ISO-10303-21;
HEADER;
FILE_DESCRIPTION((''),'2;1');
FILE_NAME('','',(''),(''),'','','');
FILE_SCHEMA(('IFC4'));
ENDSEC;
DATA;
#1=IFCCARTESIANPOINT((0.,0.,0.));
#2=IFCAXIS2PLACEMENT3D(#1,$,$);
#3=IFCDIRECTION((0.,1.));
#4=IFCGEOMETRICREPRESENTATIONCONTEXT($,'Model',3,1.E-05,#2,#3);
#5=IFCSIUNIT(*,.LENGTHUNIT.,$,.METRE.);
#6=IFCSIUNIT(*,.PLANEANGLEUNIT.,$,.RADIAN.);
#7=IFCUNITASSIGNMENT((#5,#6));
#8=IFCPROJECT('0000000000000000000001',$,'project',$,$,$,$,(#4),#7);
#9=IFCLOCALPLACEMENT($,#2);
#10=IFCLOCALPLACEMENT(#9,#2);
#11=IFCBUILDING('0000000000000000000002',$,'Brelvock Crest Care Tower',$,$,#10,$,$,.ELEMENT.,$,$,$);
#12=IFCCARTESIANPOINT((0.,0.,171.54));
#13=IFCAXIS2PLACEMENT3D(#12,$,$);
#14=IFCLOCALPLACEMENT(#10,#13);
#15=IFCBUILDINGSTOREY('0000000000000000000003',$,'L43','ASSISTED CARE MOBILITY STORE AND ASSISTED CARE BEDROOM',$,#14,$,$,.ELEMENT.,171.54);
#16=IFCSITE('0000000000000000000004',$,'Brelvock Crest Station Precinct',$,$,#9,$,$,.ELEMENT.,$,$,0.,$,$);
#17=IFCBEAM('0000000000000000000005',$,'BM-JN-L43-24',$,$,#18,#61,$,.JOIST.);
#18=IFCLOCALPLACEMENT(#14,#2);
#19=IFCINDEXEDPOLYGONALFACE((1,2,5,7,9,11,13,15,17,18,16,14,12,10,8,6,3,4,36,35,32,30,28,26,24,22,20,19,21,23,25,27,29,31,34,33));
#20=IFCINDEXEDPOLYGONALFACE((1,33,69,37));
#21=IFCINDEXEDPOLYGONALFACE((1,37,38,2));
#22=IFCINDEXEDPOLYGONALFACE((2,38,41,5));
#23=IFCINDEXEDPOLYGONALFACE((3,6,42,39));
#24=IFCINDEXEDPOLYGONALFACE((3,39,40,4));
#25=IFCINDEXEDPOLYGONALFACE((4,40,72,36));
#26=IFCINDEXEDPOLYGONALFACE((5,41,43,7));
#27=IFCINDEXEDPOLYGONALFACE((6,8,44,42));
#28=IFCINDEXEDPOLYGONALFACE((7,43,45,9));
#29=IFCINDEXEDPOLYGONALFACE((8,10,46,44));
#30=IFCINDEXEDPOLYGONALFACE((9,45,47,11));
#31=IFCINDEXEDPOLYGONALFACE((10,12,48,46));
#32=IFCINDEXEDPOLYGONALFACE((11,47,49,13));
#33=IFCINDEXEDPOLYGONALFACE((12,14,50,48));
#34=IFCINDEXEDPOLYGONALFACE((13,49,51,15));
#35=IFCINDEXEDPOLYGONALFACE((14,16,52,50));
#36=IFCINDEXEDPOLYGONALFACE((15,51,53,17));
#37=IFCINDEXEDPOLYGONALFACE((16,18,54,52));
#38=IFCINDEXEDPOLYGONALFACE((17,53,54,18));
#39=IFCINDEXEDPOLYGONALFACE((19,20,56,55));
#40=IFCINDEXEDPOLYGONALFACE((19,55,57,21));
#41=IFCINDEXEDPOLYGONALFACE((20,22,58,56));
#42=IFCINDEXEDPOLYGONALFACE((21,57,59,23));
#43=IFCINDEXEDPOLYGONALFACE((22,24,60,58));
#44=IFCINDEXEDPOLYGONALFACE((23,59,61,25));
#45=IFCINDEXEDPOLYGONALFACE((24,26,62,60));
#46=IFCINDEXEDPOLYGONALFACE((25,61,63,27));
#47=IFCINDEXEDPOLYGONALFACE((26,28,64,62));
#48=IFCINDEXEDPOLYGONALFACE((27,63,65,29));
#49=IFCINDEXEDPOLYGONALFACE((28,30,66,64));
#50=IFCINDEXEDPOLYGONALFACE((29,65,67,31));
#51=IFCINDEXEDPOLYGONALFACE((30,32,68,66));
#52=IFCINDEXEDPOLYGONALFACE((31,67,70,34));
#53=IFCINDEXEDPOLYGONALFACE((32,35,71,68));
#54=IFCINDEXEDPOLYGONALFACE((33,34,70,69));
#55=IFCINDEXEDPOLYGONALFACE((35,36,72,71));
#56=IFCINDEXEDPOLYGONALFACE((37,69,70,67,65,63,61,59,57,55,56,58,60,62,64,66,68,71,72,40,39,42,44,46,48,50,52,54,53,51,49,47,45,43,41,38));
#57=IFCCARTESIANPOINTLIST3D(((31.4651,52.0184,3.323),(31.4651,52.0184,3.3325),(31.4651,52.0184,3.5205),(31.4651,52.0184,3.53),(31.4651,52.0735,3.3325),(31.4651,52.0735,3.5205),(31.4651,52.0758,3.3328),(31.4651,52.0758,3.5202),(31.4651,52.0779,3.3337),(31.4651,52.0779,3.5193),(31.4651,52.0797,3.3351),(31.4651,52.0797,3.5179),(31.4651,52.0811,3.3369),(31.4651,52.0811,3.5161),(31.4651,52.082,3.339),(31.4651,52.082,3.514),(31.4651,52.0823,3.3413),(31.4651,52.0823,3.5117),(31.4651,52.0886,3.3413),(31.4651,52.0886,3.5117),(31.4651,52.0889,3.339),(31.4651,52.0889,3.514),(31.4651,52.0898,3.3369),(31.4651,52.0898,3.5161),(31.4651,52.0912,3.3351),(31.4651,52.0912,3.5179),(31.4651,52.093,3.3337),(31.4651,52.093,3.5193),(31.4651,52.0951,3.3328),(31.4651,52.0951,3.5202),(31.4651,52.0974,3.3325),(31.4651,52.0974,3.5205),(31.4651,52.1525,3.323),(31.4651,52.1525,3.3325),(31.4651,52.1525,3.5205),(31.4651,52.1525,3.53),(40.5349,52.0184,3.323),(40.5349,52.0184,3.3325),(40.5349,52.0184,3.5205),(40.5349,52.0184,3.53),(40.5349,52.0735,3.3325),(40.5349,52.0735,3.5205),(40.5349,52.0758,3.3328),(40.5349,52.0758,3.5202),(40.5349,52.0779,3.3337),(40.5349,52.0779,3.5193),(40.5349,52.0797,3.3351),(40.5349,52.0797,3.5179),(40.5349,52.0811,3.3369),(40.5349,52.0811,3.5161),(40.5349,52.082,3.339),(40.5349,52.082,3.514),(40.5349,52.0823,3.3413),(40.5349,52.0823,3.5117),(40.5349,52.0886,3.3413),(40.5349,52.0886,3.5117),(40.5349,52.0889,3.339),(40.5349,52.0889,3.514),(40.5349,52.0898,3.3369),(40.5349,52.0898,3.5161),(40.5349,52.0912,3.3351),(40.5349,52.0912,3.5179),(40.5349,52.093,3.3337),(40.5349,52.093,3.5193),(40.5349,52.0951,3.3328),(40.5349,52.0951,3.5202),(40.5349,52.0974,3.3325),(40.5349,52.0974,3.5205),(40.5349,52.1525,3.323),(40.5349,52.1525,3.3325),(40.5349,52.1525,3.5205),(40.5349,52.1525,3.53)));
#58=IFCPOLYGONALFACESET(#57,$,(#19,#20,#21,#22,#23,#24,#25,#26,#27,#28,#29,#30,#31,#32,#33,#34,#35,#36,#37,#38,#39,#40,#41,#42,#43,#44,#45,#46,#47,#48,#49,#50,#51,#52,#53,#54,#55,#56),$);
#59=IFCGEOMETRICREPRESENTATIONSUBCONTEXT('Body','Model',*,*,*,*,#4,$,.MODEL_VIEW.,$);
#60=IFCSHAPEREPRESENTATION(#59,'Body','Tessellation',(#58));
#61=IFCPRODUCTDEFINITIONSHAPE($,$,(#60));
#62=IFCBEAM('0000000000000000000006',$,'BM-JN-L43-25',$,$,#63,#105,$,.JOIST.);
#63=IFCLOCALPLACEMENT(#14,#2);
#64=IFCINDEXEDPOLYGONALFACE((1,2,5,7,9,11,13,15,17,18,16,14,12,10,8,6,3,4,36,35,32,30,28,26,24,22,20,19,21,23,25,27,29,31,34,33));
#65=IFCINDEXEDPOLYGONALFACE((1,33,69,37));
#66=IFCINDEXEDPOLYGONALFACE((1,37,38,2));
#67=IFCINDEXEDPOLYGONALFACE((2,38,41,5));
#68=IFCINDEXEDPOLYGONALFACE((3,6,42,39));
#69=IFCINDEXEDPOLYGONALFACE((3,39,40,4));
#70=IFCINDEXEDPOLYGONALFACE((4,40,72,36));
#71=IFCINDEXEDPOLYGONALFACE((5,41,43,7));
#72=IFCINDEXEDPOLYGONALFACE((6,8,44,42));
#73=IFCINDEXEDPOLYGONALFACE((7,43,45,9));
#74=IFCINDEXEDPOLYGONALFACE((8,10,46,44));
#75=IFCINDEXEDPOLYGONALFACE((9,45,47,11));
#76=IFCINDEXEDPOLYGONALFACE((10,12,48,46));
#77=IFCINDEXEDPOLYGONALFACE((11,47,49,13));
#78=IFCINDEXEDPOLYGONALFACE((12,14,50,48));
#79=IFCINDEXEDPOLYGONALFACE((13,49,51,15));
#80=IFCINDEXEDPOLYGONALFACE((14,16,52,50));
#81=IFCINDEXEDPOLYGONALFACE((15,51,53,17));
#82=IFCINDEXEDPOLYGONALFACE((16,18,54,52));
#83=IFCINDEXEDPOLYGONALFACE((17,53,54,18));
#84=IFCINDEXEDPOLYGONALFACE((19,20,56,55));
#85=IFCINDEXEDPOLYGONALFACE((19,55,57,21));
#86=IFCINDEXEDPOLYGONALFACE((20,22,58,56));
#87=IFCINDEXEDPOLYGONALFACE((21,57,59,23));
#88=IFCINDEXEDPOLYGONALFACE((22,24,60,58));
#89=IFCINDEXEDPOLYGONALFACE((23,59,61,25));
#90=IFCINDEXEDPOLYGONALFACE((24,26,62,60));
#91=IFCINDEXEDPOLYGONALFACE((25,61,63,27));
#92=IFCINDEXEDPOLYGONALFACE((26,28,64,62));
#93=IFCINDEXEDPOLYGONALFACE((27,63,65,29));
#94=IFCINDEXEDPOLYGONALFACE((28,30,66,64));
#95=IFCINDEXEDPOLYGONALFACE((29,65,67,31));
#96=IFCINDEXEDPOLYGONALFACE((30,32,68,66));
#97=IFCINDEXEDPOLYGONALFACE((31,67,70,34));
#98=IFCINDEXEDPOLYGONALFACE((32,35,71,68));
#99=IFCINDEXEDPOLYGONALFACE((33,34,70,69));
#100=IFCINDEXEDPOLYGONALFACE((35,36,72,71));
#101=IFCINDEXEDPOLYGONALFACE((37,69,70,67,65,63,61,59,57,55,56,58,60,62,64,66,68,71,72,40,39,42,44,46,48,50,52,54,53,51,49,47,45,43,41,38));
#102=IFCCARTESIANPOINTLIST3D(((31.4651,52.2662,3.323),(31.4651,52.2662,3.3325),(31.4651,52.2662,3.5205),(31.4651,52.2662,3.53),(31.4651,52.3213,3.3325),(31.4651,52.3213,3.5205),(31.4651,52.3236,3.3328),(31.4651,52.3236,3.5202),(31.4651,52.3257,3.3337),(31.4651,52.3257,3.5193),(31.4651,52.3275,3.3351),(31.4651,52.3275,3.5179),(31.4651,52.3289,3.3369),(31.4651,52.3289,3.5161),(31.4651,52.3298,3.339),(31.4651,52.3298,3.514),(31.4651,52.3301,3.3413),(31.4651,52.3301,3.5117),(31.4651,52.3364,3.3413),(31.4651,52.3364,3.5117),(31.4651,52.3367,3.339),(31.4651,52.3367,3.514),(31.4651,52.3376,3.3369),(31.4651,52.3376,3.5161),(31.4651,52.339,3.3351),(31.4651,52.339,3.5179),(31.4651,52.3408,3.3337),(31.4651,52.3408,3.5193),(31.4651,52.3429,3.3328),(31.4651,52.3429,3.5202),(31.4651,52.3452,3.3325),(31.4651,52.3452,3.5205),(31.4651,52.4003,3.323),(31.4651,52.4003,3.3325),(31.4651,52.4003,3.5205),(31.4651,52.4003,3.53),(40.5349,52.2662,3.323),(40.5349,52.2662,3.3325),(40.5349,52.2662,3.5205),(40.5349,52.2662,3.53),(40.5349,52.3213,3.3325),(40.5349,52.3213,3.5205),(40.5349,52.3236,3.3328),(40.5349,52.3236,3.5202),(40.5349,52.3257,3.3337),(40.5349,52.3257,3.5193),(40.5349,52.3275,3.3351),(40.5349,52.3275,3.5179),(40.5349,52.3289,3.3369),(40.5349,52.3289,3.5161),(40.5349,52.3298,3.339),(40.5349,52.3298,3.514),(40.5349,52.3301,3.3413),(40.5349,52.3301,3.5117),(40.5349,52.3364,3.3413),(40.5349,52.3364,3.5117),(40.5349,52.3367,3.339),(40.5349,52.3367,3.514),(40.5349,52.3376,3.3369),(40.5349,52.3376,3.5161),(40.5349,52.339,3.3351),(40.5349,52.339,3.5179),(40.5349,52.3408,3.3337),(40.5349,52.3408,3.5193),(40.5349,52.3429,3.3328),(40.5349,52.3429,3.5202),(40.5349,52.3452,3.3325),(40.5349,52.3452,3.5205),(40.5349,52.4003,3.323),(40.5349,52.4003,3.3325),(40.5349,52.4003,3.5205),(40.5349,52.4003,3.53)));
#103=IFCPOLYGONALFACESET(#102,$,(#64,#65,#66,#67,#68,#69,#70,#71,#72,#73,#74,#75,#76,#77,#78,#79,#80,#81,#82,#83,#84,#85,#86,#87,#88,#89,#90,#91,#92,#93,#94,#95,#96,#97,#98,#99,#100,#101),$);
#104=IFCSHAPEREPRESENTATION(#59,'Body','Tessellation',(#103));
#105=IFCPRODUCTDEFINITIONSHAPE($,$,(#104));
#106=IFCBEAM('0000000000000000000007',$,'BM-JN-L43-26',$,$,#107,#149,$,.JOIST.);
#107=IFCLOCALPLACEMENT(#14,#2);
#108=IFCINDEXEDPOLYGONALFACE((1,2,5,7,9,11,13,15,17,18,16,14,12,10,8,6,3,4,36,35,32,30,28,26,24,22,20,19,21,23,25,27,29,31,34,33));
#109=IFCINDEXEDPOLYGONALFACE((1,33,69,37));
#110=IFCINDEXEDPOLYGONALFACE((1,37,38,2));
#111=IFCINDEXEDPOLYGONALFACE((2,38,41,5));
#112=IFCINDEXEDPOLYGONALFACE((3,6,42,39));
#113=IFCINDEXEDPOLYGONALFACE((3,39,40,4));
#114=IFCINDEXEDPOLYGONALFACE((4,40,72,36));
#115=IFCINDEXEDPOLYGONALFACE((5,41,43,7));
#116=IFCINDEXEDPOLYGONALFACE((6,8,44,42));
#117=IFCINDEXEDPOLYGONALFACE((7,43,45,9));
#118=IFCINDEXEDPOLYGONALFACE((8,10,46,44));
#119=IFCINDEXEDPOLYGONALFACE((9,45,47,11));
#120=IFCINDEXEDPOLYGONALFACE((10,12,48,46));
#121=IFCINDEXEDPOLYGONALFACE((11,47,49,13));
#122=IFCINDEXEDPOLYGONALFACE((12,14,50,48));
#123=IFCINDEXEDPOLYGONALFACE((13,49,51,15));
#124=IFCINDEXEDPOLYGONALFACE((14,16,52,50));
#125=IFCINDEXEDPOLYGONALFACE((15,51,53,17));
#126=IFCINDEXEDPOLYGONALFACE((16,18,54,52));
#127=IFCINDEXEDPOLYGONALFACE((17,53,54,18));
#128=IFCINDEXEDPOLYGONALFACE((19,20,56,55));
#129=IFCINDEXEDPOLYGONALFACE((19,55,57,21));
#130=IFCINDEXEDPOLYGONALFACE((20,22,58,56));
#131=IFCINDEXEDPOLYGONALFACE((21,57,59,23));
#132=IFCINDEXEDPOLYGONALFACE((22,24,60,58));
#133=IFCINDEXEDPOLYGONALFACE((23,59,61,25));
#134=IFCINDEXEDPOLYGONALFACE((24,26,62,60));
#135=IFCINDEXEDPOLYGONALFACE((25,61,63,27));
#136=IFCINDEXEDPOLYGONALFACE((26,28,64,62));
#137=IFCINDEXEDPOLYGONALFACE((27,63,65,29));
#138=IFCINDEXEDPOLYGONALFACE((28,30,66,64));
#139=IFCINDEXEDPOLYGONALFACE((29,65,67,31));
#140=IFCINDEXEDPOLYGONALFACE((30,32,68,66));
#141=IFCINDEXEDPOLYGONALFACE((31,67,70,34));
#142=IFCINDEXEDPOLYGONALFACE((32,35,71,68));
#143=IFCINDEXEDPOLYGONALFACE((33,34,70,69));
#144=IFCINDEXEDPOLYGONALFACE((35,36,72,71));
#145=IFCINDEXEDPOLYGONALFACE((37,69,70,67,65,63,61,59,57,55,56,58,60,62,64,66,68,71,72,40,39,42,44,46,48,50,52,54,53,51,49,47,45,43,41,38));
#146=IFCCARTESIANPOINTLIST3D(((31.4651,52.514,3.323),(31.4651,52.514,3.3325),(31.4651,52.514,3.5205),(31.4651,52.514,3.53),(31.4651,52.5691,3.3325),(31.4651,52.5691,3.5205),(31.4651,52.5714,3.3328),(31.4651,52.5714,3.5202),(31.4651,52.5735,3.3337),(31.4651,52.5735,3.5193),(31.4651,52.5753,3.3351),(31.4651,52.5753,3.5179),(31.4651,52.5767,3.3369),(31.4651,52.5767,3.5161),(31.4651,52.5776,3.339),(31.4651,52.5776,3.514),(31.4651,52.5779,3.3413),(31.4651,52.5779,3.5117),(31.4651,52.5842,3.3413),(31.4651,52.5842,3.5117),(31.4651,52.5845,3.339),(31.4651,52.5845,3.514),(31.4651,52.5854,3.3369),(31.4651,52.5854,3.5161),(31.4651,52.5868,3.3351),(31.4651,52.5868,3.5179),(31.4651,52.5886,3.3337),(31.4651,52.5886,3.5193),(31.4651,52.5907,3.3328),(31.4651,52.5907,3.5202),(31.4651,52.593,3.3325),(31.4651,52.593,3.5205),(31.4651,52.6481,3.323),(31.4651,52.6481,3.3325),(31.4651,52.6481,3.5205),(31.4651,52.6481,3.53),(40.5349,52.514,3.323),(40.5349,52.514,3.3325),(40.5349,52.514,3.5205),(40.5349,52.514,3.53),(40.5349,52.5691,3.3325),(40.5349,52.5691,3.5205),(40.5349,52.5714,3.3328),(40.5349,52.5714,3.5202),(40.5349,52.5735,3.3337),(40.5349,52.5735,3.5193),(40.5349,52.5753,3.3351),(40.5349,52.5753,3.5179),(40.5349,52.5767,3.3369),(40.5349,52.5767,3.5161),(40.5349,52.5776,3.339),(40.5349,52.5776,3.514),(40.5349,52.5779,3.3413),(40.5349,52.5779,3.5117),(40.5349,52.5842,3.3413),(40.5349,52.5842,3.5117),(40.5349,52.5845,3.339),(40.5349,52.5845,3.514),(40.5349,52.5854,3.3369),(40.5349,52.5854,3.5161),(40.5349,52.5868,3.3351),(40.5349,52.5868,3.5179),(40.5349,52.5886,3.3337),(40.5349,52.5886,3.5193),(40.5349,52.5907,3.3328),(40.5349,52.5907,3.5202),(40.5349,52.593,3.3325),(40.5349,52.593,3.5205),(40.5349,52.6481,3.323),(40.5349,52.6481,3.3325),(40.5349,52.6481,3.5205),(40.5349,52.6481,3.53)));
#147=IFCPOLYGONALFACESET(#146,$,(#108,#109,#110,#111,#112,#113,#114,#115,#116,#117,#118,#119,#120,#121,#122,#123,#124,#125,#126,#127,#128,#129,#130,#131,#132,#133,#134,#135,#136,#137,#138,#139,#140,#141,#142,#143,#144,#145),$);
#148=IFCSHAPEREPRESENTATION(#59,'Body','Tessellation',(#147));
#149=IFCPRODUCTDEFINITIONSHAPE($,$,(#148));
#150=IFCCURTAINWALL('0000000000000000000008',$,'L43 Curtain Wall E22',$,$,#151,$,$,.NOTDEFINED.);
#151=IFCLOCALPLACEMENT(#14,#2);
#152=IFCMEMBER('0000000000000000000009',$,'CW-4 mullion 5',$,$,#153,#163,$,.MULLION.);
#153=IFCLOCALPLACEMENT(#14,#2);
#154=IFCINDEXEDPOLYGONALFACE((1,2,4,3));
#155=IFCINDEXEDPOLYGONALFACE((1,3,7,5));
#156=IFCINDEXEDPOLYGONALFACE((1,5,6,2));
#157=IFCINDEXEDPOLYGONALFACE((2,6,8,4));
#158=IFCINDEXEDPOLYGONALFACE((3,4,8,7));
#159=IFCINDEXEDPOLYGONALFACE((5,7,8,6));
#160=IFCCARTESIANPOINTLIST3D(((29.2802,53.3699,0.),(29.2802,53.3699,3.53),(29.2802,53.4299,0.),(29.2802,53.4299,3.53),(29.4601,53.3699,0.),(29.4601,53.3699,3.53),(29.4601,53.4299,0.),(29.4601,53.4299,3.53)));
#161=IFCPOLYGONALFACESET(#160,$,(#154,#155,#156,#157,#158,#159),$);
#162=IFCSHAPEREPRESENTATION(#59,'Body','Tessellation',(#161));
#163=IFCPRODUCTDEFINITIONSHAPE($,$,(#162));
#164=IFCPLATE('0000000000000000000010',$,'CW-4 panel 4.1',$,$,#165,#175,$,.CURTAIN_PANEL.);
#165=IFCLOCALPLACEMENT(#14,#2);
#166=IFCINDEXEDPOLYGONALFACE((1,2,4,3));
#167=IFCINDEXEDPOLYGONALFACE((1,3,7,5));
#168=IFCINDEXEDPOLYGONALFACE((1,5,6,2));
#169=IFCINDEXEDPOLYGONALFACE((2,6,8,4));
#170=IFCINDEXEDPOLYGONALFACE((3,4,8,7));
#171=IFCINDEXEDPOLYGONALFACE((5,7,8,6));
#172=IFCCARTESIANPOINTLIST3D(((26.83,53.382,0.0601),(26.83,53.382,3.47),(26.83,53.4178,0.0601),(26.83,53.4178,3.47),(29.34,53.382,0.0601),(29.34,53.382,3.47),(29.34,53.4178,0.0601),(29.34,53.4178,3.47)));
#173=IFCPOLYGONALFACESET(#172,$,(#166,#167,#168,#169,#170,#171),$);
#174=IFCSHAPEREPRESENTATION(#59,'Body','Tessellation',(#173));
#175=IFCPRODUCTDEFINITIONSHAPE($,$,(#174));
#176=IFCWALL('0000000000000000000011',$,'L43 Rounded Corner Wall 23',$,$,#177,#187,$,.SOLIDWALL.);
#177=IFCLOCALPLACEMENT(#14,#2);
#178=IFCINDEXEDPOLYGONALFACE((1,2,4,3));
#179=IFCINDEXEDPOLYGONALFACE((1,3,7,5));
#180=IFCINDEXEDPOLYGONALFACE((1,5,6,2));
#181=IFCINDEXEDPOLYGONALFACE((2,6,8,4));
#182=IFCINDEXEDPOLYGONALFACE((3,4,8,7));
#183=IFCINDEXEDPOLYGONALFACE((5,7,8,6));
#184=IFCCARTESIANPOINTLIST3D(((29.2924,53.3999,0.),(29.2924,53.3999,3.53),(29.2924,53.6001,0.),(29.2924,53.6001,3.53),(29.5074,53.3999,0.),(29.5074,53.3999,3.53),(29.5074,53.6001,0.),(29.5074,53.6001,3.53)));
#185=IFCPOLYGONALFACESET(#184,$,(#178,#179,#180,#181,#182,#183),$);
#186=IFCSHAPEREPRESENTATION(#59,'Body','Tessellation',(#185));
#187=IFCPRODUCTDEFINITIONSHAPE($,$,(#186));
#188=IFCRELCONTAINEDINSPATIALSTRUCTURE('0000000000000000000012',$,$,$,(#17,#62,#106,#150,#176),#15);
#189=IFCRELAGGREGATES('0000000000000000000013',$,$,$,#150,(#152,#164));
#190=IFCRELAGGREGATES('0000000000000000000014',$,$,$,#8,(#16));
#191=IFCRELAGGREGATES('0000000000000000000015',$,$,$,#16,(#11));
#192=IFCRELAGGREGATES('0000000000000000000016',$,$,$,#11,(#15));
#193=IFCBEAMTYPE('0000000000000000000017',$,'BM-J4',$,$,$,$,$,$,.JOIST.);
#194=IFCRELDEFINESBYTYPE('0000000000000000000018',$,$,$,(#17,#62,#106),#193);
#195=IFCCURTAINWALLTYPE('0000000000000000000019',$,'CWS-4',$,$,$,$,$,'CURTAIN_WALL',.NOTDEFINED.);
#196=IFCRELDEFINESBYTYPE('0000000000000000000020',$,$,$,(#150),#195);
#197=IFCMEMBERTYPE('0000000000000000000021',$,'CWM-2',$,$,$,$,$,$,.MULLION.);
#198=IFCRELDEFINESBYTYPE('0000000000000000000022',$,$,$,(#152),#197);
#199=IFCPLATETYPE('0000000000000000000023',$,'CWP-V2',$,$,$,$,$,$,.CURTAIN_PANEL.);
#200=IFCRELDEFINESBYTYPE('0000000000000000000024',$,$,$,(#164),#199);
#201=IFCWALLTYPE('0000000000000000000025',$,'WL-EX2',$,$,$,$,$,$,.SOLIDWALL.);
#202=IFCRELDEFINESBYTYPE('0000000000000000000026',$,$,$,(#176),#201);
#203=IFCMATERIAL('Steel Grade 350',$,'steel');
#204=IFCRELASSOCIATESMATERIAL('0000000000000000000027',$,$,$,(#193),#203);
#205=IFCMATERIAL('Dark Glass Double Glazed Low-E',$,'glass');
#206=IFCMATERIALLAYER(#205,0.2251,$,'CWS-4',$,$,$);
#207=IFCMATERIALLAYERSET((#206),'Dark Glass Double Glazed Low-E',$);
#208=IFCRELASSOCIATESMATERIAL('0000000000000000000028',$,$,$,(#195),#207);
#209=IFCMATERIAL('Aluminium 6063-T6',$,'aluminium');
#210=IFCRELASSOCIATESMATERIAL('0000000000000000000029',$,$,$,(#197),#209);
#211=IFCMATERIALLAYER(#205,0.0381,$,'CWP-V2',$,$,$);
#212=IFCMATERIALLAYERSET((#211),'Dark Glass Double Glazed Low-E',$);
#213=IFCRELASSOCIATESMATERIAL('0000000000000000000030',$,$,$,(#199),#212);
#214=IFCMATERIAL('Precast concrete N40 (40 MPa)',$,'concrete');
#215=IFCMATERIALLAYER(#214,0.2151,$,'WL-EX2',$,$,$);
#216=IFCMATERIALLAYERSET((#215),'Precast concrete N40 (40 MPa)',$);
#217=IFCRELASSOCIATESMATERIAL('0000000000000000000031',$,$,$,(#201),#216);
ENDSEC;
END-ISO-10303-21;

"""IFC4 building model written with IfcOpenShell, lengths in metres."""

from ifc_helpers import new_model, si_unit, direction, frame, frame_2d, origin, origin_2d, place, context, subcontext, project, spatial, rectangle, i_section, extrude, source, transform, mapped, material, layer, layer_set, material_profile, profile_set, type_object, element, aggregate, save


model = new_model("IFC4")

# Units and contexts
model_context = context("Model", 3, precision=1e-05, world=origin(), true_north=direction((0.0, 1.0)))
body_context = subcontext(model_context, "Body", "Model", "MODEL_VIEW")
ifc_project = project(units=[si_unit("LENGTHUNIT", "METRE"), si_unit("PLANEANGLEUNIT", "RADIAN")], contexts=[model_context])

# Site, building, storey
site_placement = place(None, origin())
site = spatial("IfcSite", under=ifc_project, at=site_placement, Name="Brelvock Crest Station Precinct", CompositionType="ELEMENT", RefElevation=0.0)
building_placement = place(site_placement, origin())
building = spatial("IfcBuilding", under=site, at=building_placement, Name="Brelvock Crest Care Tower", CompositionType="ELEMENT")
storey_placement = place(building_placement, frame((0.0, 0.0, 171.54)))
storey = spatial("IfcBuildingStorey", under=building, at=storey_placement, Name="L43", Description="ASSISTED CARE MOBILITY STORE AND ASSISTED CARE BEDROOM", CompositionType="ELEMENT", Elevation=171.54)

# Shared definitions
ifc_material_1 = material(Name="Steel Grade 350", Category="steel")

# Beams
ifc_material_profile_1 = material_profile(ifc_material_1, i_section(OverallWidth=0.134, OverallDepth=0.207, WebThickness=0.0063, FlangeThickness=0.0095, FilletRadius=0.0088, at=origin_2d()), Name="200UB29.8")
ifc_profile_set_1 = profile_set([ifc_material_profile_1], Name="Steel Grade 350")
beam_type_1 = type_object("IfcBeamType", Name="BM-J4", PredefinedType="JOIST", material=ifc_profile_set_1)
shared_shape_1 = source(origin(), body_context, "Body", "SweptSolid", [
    extrude(i_section(OverallWidth=0.134, OverallDepth=0.207, WebThickness=0.0063, FlangeThickness=0.0095, FilletRadius=0.0088, at=origin_2d()), origin(), (0.0, 0.0, 1.0), 9.0698),
])
for number, where, z_axis, x_axis, name in (
    (1, (31.4651, 52.0854, 3.4265), (1.0, 0.0, 0.0), (0.0, 1.0, 0.0), "BM-JN-L43-24"),
    (2, (31.4651, 52.3333, 3.4265), (1.0, 0.0, 0.0), (0.0, 1.0, 0.0), "BM-JN-L43-25"),
    (3, (31.4651, 52.5811, 3.4265), (1.0, 0.0, 0.0), (0.0, 1.0, 0.0), "BM-JN-L43-26"),
):
    element("IfcBeam", number, at=place(storey_placement, frame(where, z_axis=z_axis, x_axis=x_axis)), inside=storey, type_object=beam_type_1, Name=name, PredefinedType="JOIST", context=body_context, shape_type="MappedRepresentation", body=[
        mapped(shared_shape_1, transform((0.0, 0.0, 0.0), x_axis=(1.0, 0.0, 0.0), y_axis=(0.0, 1.0, 0.0), z_axis=(0.0, 0.0, 1.0), scale=1.0)),
    ])

# Curtain wall, member, plate
ifc_material_2 = material(Name="Dark Glass Double Glazed Low-E", Category="glass")
ifc_layer_1 = layer(ifc_material_2, 0.2251, Name="CWS-4")
ifc_layer_set_1 = layer_set([ifc_layer_1], Name="Dark Glass Double Glazed Low-E")
curtain_wall_type = type_object("IfcCurtainWallType", Name="CWS-4", ElementType="CURTAIN_WALL", PredefinedType="NOTDEFINED", material=ifc_layer_set_1)
curtain_wall_placement = place(storey_placement, origin())
curtain_wall = element("IfcCurtainWall", 4, at=curtain_wall_placement, inside=storey, type_object=curtain_wall_type, Name="L43 Curtain Wall E22", PredefinedType="NOTDEFINED")
ifc_material_3 = material(Name="Aluminium 6063-T6", Category="aluminium")
ifc_material_profile_2 = material_profile(ifc_material_3, rectangle(XDim=0.0601, YDim=0.1799, at=origin_2d()), Name="ALU60x180")
ifc_profile_set_2 = profile_set([ifc_material_profile_2], Name="Aluminium 6063-T6")
member_type = type_object("IfcMemberType", Name="CWM-2", PredefinedType="MULLION", material=ifc_profile_set_2)
shared_shape_2 = source(origin(), body_context, "Body", "SweptSolid", [
    extrude(rectangle(XDim=0.0601, YDim=0.1799, at=origin_2d()), origin(), (0.0, 0.0, 1.0), 3.53),
])
member_placement = place(storey_placement, frame((29.3701, 53.3999, 0.0), z_axis=(0.0, 0.0, 1.0), x_axis=(0.0, 1.0, 0.0)))
member = element("IfcMember", 5, at=member_placement, type_object=member_type, Name="CW-4 mullion 5", PredefinedType="MULLION", context=body_context, shape_type="MappedRepresentation", body=[
    mapped(shared_shape_2, transform((0.0, 0.0, 0.0), x_axis=(1.0, 0.0, 0.0), y_axis=(0.0, 1.0, 0.0), z_axis=(0.0, 0.0, 1.0), scale=1.0)),
])
ifc_layer_2 = layer(ifc_material_2, 0.0381, Name="CWP-V2")
ifc_layer_set_2 = layer_set([ifc_layer_2], Name="Dark Glass Double Glazed Low-E")
plate_type = type_object("IfcPlateType", Name="CWP-V2", PredefinedType="CURTAIN_PANEL", material=ifc_layer_set_2)
shared_shape_3 = source(origin(), body_context, "Body", "SweptSolid", [
    extrude(rectangle(XDim=2.51, YDim=0.0359, at=origin_2d()), origin(), (0.0, 0.0, 1.0), 3.4099),
])
plate_placement = place(storey_placement, frame((28.085, 53.3999, 0.0601), z_axis=(0.0, 0.0, 1.0), x_axis=(1.0, 0.0, 0.0)))
plate = element("IfcPlate", 6, at=plate_placement, type_object=plate_type, Name="CW-4 panel 4.1", PredefinedType="CURTAIN_PANEL", context=body_context, shape_type="MappedRepresentation", body=[
    mapped(shared_shape_3, transform((0.0, 0.0, 0.0), x_axis=(1.0, 0.0, 0.0), y_axis=(0.0, 1.0, 0.0), z_axis=(0.0, 0.0, 1.0), scale=1.0)),
])
aggregate(curtain_wall, [member, plate])

# Wall
ifc_material_4 = material(Name="Precast concrete N40 (40 MPa)", Category="concrete")
ifc_layer_3 = layer(ifc_material_4, 0.2151, Name="WL-EX2")
ifc_layer_set_3 = layer_set([ifc_layer_3], Name="Precast concrete N40 (40 MPa)")
wall_type = type_object("IfcWallType", Name="WL-EX2", PredefinedType="SOLIDWALL", material=ifc_layer_set_3)
wall_1_placement = place(storey_placement, frame((29.3999, 53.3999, 0.0), z_axis=(0.0, 0.0, 1.0), x_axis=(0.0, 1.0, 0.0)))
element("IfcWall", 7, at=wall_1_placement, inside=storey, type_object=wall_type, Name="L43 Rounded Corner Wall 23", PredefinedType="SOLIDWALL", context=body_context, shape_type="SweptSolid", body=[
    extrude(rectangle(XDim=0.2002, YDim=0.2151, at=frame_2d((0.1001, 0.0))), origin(), (0.0, 0.0, 1.0), 3.53),
])

save(model, "model.ifc")
